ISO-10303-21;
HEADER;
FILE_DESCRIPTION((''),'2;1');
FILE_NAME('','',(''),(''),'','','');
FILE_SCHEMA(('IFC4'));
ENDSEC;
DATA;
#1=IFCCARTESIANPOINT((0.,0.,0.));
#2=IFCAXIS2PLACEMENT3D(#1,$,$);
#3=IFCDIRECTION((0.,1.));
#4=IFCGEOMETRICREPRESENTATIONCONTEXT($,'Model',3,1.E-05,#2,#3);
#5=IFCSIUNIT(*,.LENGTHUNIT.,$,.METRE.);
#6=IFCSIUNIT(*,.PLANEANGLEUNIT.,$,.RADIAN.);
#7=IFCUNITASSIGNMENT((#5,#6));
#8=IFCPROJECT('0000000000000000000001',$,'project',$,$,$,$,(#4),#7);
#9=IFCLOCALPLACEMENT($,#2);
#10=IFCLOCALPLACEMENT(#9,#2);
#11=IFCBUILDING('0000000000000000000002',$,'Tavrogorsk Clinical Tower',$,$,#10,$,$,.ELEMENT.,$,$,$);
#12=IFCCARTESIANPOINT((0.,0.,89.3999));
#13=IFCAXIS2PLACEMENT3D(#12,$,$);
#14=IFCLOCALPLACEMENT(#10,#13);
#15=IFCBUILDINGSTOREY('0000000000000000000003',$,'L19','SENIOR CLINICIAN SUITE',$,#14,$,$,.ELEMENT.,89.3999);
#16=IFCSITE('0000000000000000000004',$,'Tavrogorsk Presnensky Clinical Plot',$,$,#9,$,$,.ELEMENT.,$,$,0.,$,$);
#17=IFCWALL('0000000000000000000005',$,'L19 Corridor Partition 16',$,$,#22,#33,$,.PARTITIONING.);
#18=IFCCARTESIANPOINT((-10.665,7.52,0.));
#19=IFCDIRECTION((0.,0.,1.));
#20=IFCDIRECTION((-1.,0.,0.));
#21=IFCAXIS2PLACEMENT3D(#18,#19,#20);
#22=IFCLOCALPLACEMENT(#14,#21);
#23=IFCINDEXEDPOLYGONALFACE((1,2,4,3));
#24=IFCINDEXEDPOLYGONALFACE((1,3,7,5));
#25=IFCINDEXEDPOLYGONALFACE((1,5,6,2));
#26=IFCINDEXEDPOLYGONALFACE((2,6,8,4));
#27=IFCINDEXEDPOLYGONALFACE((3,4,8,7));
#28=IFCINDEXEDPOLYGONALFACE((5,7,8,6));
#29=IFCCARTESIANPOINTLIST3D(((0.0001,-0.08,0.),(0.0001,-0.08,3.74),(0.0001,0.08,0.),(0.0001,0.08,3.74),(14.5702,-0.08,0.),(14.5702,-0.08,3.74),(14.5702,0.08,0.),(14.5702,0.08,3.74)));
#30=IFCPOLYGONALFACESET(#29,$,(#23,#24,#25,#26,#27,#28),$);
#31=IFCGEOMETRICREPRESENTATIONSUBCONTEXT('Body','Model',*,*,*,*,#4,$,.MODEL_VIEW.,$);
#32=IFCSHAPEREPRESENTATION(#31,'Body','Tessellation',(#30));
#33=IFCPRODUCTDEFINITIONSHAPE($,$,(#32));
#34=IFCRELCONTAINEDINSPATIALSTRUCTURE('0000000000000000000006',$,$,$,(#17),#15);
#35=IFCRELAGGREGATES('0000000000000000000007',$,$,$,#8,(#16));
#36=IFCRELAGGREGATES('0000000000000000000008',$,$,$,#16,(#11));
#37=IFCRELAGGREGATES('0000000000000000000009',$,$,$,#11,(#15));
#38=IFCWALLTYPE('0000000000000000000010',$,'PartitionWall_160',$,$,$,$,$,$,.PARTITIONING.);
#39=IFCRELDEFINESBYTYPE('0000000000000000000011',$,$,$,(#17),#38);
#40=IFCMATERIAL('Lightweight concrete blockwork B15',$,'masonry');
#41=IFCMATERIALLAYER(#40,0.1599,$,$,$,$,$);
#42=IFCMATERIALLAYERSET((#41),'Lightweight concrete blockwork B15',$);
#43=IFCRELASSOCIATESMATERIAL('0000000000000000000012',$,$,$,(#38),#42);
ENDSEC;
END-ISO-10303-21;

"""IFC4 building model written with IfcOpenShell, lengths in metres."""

from ifc_helpers import new_model, si_unit, direction, frame, frame_2d, origin, place, context, subcontext, project, spatial, rectangle, extrude, material, layer, layer_set, type_object, element, save


model = new_model("IFC4")

# Units and contexts
model_context = context("Model", 3, precision=1e-05, world=origin(), true_north=direction((0.0, 1.0)))
body_context = subcontext(model_context, "Body", "Model", "MODEL_VIEW")
ifc_project = project(units=[si_unit("LENGTHUNIT", "METRE"), si_unit("PLANEANGLEUNIT", "RADIAN")], contexts=[model_context])

# Site, building, storey
site_placement = place(None, origin())
site = spatial("IfcSite", under=ifc_project, at=site_placement, Name="Tavrogorsk Presnensky Clinical Plot", CompositionType="ELEMENT", RefElevation=0.0)
building_placement = place(site_placement, origin())
building = spatial("IfcBuilding", under=site, at=building_placement, Name="Tavrogorsk Clinical Tower", CompositionType="ELEMENT")
storey_placement = place(building_placement, frame((0.0, 0.0, 89.3999)))
storey = spatial("IfcBuildingStorey", under=building, at=storey_placement, Name="L19", Description="SENIOR CLINICIAN SUITE", CompositionType="ELEMENT", Elevation=89.3999)

# Shared definitions
ifc_material_1 = material(Name="Lightweight concrete blockwork B15", Category="masonry")
ifc_layer_1 = layer(ifc_material_1, 0.1599)
ifc_layer_set_1 = layer_set([ifc_layer_1], Name="Lightweight concrete blockwork B15")
wall_type_1 = type_object("IfcWallType", Name="PartitionWall_160", PredefinedType="PARTITIONING", material=ifc_layer_set_1)

# Wall
wall_1_placement = place(storey_placement, frame((-10.665, 7.52, 0.0), z_axis=(0.0, 0.0, 1.0), x_axis=(-1.0, 0.0, 0.0)))
element("IfcWall", 1, at=wall_1_placement, inside=storey, type_object=wall_type_1, Name="L19 Corridor Partition 16", PredefinedType="PARTITIONING", context=body_context, shape_type="SweptSolid", body=[
    extrude(rectangle(XDim=14.5701, YDim=0.1599, at=frame_2d((7.2852, 0.0))), origin(), (0.0, 0.0, 1.0), 3.74),
])

save(model, "model.ifc")
